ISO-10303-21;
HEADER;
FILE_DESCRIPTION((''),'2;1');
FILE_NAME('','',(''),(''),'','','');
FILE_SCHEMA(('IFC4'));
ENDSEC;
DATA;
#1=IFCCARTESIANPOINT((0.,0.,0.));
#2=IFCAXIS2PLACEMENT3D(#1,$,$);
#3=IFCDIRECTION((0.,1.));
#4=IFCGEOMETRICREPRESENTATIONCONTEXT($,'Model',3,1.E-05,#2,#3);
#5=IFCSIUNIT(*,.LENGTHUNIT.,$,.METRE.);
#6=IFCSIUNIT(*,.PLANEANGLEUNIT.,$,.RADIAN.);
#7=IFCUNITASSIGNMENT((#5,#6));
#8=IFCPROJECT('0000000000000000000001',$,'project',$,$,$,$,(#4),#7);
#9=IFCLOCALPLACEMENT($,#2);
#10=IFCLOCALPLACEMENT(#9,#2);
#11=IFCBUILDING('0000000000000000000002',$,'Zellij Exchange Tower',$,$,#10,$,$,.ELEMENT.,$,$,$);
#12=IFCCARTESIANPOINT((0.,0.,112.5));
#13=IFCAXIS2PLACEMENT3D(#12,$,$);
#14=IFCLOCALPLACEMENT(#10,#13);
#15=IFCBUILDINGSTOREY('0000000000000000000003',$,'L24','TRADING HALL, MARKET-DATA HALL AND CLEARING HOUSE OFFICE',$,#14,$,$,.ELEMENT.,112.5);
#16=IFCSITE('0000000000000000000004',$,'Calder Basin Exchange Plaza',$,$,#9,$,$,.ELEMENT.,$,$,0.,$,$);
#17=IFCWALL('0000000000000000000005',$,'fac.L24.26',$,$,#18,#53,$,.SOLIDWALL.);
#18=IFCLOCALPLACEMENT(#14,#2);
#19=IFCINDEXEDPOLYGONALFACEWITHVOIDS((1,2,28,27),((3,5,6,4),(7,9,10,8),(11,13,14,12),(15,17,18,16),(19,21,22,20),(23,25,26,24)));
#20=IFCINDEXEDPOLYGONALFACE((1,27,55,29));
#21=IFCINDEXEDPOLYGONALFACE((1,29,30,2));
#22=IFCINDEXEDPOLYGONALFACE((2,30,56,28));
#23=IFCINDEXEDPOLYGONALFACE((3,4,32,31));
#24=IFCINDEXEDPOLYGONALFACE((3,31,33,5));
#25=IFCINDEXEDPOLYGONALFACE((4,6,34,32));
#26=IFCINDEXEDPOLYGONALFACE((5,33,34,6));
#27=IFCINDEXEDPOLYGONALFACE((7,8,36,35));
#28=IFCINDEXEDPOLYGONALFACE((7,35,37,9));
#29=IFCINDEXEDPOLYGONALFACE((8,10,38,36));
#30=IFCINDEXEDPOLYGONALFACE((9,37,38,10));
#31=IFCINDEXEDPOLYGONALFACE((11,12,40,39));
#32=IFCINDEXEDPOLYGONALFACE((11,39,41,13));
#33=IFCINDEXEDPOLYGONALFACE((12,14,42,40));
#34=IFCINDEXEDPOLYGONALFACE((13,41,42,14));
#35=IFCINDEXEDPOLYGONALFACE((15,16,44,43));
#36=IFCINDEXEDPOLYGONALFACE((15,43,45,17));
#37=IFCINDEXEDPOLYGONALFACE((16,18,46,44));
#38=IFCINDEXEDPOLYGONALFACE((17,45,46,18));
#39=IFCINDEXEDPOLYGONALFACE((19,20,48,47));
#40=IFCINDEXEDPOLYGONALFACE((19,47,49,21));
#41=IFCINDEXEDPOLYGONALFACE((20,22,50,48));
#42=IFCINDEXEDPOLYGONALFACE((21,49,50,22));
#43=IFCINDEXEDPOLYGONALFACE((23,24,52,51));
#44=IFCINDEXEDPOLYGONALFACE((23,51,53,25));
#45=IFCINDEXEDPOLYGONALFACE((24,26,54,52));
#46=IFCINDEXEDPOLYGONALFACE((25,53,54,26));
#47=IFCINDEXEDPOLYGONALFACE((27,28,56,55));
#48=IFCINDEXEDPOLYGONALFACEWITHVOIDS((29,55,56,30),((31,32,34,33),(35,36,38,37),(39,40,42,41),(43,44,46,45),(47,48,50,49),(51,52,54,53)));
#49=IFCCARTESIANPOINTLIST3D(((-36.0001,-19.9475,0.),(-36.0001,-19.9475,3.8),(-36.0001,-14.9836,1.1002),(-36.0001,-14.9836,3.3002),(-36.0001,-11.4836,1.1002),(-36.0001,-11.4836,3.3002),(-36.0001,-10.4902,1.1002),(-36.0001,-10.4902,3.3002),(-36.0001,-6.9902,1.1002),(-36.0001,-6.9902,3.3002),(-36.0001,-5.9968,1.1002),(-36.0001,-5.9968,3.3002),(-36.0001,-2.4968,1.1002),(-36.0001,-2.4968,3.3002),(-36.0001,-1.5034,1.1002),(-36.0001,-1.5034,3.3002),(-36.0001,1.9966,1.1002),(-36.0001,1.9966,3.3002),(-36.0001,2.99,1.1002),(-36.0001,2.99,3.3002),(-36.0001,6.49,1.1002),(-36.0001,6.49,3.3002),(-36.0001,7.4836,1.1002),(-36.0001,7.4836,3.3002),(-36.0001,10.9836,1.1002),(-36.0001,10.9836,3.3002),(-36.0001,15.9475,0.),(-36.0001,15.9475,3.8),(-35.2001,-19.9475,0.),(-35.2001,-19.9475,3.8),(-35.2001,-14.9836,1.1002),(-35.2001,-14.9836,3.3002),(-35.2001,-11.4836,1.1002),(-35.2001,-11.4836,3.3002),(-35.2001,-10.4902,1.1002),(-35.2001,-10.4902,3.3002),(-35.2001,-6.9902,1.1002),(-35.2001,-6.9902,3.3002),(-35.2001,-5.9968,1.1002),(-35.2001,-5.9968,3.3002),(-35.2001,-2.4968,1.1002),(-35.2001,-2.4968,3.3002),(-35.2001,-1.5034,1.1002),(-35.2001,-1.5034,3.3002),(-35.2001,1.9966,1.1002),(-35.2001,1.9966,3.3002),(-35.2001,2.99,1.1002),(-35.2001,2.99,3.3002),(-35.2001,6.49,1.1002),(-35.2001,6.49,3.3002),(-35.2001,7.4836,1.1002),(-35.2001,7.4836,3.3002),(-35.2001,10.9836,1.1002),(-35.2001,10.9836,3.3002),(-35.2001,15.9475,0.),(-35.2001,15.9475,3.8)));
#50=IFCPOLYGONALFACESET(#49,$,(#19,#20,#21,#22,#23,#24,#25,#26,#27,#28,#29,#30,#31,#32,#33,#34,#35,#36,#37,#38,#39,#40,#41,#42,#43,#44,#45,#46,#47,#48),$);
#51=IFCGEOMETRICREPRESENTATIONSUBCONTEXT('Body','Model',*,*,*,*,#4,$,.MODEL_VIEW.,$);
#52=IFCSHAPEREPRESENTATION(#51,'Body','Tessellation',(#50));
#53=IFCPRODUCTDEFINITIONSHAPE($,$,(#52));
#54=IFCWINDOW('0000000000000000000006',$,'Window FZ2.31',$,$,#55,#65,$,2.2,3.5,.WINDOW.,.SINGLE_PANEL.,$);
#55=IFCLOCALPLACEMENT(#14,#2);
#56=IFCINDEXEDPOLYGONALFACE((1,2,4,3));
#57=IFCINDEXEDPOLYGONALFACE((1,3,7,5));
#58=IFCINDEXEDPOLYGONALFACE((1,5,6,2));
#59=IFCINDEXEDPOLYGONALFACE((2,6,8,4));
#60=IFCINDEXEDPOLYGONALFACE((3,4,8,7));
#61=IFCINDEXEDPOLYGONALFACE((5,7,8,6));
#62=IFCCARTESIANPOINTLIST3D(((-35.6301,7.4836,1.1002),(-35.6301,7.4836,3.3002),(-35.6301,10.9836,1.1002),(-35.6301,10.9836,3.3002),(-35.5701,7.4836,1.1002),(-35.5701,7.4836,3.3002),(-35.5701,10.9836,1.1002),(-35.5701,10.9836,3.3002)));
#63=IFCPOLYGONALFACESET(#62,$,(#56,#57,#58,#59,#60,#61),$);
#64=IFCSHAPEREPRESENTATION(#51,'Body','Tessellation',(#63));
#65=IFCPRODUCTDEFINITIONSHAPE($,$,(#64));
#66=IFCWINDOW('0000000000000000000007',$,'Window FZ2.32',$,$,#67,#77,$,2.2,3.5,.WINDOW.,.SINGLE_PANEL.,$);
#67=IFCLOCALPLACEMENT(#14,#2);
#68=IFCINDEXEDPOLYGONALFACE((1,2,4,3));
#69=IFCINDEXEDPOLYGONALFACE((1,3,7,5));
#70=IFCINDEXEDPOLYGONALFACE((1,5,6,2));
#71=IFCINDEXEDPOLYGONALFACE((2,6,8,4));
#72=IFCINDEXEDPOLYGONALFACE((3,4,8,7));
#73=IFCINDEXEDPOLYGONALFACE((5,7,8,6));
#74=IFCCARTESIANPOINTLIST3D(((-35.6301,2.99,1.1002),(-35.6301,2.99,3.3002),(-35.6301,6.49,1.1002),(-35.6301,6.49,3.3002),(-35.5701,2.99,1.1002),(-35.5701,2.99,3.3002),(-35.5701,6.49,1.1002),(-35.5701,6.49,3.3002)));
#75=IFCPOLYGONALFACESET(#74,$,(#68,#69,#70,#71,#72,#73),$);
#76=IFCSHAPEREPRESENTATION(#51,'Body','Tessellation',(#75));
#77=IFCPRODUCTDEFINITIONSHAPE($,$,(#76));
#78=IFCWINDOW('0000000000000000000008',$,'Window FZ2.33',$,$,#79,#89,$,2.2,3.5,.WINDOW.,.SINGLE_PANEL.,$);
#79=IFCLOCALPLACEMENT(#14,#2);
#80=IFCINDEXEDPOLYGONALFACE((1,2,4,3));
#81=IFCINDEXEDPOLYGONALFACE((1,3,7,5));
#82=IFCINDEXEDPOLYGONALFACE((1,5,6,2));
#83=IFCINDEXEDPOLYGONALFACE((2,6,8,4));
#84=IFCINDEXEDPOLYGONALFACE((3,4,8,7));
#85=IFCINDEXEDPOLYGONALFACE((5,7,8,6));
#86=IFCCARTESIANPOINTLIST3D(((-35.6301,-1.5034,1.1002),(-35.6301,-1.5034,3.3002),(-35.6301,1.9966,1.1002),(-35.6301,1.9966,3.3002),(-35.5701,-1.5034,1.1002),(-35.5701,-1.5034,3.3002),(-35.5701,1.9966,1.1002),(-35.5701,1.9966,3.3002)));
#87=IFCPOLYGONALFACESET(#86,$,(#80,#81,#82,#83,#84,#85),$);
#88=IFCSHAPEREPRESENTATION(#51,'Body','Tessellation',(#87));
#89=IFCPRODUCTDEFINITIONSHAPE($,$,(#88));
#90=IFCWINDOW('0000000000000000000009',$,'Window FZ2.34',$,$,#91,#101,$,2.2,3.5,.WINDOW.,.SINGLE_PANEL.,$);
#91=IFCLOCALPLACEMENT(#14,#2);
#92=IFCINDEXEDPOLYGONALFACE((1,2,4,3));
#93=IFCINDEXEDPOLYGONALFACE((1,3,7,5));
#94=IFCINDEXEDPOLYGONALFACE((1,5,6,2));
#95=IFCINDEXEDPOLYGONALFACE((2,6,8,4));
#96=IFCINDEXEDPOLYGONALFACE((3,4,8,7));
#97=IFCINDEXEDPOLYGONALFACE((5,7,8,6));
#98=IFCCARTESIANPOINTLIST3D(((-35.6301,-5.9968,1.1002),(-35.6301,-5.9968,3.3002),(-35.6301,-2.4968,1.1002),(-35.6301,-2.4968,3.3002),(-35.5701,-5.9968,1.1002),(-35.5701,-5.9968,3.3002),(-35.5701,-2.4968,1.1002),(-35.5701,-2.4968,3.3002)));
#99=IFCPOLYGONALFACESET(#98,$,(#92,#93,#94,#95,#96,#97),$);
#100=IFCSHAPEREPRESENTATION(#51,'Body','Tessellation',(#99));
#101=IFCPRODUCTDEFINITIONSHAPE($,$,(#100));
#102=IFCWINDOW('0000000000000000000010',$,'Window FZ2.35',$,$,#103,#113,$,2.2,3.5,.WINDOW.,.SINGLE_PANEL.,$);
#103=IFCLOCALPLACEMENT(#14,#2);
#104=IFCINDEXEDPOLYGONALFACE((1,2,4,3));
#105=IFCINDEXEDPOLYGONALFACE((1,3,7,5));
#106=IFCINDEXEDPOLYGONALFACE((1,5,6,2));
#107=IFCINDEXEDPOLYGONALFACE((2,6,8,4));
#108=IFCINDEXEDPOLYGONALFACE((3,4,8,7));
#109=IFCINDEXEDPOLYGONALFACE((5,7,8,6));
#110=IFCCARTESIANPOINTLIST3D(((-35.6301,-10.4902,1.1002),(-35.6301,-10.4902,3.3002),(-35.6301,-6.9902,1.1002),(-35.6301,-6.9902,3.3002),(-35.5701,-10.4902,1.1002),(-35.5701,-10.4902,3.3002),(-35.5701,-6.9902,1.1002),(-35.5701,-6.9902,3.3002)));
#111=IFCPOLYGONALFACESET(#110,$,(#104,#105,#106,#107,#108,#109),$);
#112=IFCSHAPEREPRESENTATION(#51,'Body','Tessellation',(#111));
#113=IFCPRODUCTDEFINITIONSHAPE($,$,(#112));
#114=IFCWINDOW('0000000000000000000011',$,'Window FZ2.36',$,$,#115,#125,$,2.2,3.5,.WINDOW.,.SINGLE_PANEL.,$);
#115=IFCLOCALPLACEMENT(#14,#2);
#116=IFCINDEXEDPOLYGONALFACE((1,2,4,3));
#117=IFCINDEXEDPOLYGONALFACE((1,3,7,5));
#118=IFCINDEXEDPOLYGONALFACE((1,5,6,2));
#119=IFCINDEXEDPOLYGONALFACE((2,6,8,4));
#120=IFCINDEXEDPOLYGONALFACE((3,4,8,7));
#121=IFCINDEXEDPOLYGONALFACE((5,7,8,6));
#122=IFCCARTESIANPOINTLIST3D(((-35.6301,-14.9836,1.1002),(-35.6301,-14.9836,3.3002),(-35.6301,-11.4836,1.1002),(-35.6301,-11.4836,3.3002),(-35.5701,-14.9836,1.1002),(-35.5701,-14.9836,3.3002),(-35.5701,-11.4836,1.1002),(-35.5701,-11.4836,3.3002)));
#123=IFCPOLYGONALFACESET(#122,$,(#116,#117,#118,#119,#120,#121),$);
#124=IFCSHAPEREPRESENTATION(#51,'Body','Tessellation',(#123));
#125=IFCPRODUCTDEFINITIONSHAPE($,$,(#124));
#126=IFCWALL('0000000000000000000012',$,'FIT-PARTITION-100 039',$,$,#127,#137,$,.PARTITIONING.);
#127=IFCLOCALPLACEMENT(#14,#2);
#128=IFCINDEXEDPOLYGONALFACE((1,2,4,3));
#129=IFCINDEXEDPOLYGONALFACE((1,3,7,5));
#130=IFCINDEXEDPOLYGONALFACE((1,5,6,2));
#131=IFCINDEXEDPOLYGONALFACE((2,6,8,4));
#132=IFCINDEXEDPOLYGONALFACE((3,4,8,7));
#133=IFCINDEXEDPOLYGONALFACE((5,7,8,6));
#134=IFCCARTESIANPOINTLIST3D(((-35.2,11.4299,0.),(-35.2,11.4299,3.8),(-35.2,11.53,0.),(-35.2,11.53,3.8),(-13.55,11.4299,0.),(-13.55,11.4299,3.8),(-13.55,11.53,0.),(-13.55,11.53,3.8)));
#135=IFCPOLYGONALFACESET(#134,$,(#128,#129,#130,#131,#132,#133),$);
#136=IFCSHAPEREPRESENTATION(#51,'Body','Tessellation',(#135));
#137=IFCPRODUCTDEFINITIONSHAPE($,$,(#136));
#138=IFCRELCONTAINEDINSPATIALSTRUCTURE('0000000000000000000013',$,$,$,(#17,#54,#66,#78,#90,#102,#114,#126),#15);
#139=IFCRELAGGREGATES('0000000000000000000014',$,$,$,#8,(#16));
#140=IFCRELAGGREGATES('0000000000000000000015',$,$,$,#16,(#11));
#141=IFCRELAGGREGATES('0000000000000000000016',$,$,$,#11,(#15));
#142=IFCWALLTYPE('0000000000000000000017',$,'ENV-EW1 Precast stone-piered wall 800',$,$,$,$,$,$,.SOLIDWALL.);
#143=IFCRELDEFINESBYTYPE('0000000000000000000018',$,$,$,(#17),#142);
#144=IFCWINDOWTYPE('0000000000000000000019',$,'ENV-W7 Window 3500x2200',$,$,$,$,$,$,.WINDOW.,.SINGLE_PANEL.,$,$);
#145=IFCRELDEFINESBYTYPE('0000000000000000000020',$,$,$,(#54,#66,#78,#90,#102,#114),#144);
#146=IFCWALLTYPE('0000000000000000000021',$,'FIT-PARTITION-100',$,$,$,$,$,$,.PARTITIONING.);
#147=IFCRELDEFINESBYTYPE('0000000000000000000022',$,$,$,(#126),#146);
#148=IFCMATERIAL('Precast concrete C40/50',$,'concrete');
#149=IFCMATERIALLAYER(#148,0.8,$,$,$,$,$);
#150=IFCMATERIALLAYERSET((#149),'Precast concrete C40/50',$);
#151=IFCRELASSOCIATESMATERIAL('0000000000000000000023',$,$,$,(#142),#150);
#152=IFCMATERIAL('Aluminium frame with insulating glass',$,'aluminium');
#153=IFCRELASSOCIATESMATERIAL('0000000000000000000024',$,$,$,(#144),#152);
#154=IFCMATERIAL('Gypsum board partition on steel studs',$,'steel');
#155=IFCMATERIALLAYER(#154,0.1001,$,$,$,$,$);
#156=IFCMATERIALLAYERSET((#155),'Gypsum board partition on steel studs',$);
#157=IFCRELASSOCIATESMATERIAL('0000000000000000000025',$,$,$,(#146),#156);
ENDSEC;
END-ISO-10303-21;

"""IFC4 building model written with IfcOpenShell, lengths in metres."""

from ifc_helpers import new_model, si_unit, direction, frame, frame_2d, origin, place, context, subcontext, project, spatial, rectangle, extrude, material, layer, layer_set, type_object, element, fill, save


model = new_model("IFC4")

# Units and contexts
model_context = context("Model", 3, precision=1e-05, world=origin(), true_north=direction((0.0, 1.0)))
body_context = subcontext(model_context, "Body", "Model", "MODEL_VIEW")
ifc_project = project(units=[si_unit("LENGTHUNIT", "METRE"), si_unit("PLANEANGLEUNIT", "RADIAN")], contexts=[model_context])

# Site, building, storey
site_placement = place(None, origin())
site = spatial("IfcSite", under=ifc_project, at=site_placement, Name="Calder Basin Exchange Plaza", CompositionType="ELEMENT", RefElevation=0.0)
building_placement = place(site_placement, origin())
building = spatial("IfcBuilding", under=site, at=building_placement, Name="Zellij Exchange Tower", CompositionType="ELEMENT")
storey_placement = place(building_placement, frame((0.0, 0.0, 112.5)))
storey = spatial("IfcBuildingStorey", under=building, at=storey_placement, Name="L24", Description="TRADING HALL, MARKET-DATA HALL AND CLEARING HOUSE OFFICE", CompositionType="ELEMENT", Elevation=112.5)

# Shared definitions
ifc_material_1 = material(Name="Precast concrete C40/50", Category="concrete")
ifc_layer_1 = layer(ifc_material_1, 0.8)
ifc_layer_set_1 = layer_set([ifc_layer_1], Name="Precast concrete C40/50")
wall_type_1 = type_object("IfcWallType", Name="ENV-EW1 Precast stone-piered wall 800", PredefinedType="SOLIDWALL", material=ifc_layer_set_1)

# Wall, openings, windows
wall_1_placement = place(storey_placement, frame((-35.6001, 15.9475, 0.0), z_axis=(0.0, 0.0, 1.0), x_axis=(0.0, -1.0, 0.0)))
wall_1 = element("IfcWall", 1, at=wall_1_placement, inside=storey, type_object=wall_type_1, Name="fac.L24.26", PredefinedType="SOLIDWALL", context=body_context, shape_type="SweptSolid", body=[
    extrude(rectangle(XDim=35.895, YDim=0.8, at=frame_2d((17.9475, 0.0))), origin(), (0.0, 0.0, 1.0), 3.8),
])
opening_1_placement = place(wall_1_placement, frame((4.9639, 0.0, 1.1001)))
opening_1 = element("IfcOpeningElement", 2, at=opening_1_placement, cuts=wall_1, PredefinedType="OPENING", context=body_context, shape_type="SweptSolid", body=[
    extrude(rectangle(XDim=3.5, YDim=2.2, at=frame_2d((1.75, 1.1001))), frame((0.0, 0.4121, 0.0), z_axis=(0.0, -1.0, 0.0), x_axis=(1.0, 0.0, 0.0)), (0.0, 0.0, 1.0), 0.824),
])
opening_2_placement = place(wall_1_placement, frame((9.4575, 0.0, 1.1001)))
opening_2 = element("IfcOpeningElement", 3, at=opening_2_placement, cuts=wall_1, PredefinedType="OPENING", context=body_context, shape_type="SweptSolid", body=[
    extrude(rectangle(XDim=3.5, YDim=2.2, at=frame_2d((1.75, 1.1001))), frame((0.0, 0.4121, 0.0), z_axis=(0.0, -1.0, 0.0), x_axis=(1.0, 0.0, 0.0)), (0.0, 0.0, 1.0), 0.824),
])
opening_3_placement = place(wall_1_placement, frame((13.9509, 0.0, 1.1001)))
opening_3 = element("IfcOpeningElement", 4, at=opening_3_placement, cuts=wall_1, PredefinedType="OPENING", context=body_context, shape_type="SweptSolid", body=[
    extrude(rectangle(XDim=3.5, YDim=2.2, at=frame_2d((1.75, 1.1001))), frame((0.0, 0.4121, 0.0), z_axis=(0.0, -1.0, 0.0), x_axis=(1.0, 0.0, 0.0)), (0.0, 0.0, 1.0), 0.824),
])
opening_4_placement = place(wall_1_placement, frame((18.4443, 0.0, 1.1001)))
opening_4 = element("IfcOpeningElement", 5, at=opening_4_placement, cuts=wall_1, PredefinedType="OPENING", context=body_context, shape_type="SweptSolid", body=[
    extrude(rectangle(XDim=3.5, YDim=2.2, at=frame_2d((1.75, 1.1001))), frame((0.0, 0.4121, 0.0), z_axis=(0.0, -1.0, 0.0), x_axis=(1.0, 0.0, 0.0)), (0.0, 0.0, 1.0), 0.824),
])
opening_5_placement = place(wall_1_placement, frame((22.9377, 0.0, 1.1001)))
opening_5 = element("IfcOpeningElement", 6, at=opening_5_placement, cuts=wall_1, PredefinedType="OPENING", context=body_context, shape_type="SweptSolid", body=[
    extrude(rectangle(XDim=3.5, YDim=2.2, at=frame_2d((1.75, 1.1001))), frame((0.0, 0.4121, 0.0), z_axis=(0.0, -1.0, 0.0), x_axis=(1.0, 0.0, 0.0)), (0.0, 0.0, 1.0), 0.824),
])
opening_6_placement = place(wall_1_placement, frame((27.4312, 0.0, 1.1001)))
opening_6 = element("IfcOpeningElement", 7, at=opening_6_placement, cuts=wall_1, PredefinedType="OPENING", context=body_context, shape_type="SweptSolid", body=[
    extrude(rectangle(XDim=3.5, YDim=2.2, at=frame_2d((1.75, 1.1001))), frame((0.0, 0.4121, 0.0), z_axis=(0.0, -1.0, 0.0), x_axis=(1.0, 0.0, 0.0)), (0.0, 0.0, 1.0), 0.824),
])
ifc_material_2 = material(Name="Aluminium frame with insulating glass", Category="aluminium")
window_type = type_object("IfcWindowType", Name="ENV-W7 Window 3500x2200", PartitioningType="SINGLE_PANEL", PredefinedType="WINDOW", material=ifc_material_2)
window_1_placement = place(opening_1_placement, origin())
window_1 = element("IfcWindow", 8, at=window_1_placement, inside=storey, type_object=window_type, Name="Window FZ2.31", OverallHeight=2.2, OverallWidth=3.5, PartitioningType="SINGLE_PANEL", PredefinedType="WINDOW", context=body_context, shape_type="SweptSolid", body=[
    extrude(rectangle(XDim=3.5, YDim=2.2, at=frame_2d((1.75, 1.1001))), frame((0.0, 0.03, 0.0), z_axis=(0.0, -1.0, 0.0), x_axis=(1.0, 0.0, 0.0)), (0.0, 0.0, 1.0), 0.0601),
])
fill(opening_1, window_1)
window_2_placement = place(opening_2_placement, origin())
window_2 = element("IfcWindow", 9, at=window_2_placement, inside=storey, type_object=window_type, Name="Window FZ2.32", OverallHeight=2.2, OverallWidth=3.5, PartitioningType="SINGLE_PANEL", PredefinedType="WINDOW", context=body_context, shape_type="SweptSolid", body=[
    extrude(rectangle(XDim=3.5, YDim=2.2, at=frame_2d((1.75, 1.1001))), frame((0.0, 0.03, 0.0), z_axis=(0.0, -1.0, 0.0), x_axis=(1.0, 0.0, 0.0)), (0.0, 0.0, 1.0), 0.0601),
])
fill(opening_2, window_2)
window_3_placement = place(opening_3_placement, origin())
window_3 = element("IfcWindow", 10, at=window_3_placement, inside=storey, type_object=window_type, Name="Window FZ2.33", OverallHeight=2.2, OverallWidth=3.5, PartitioningType="SINGLE_PANEL", PredefinedType="WINDOW", context=body_context, shape_type="SweptSolid", body=[
    extrude(rectangle(XDim=3.5, YDim=2.2, at=frame_2d((1.75, 1.1001))), frame((0.0, 0.03, 0.0), z_axis=(0.0, -1.0, 0.0), x_axis=(1.0, 0.0, 0.0)), (0.0, 0.0, 1.0), 0.0601),
])
fill(opening_3, window_3)
window_4_placement = place(opening_4_placement, origin())
window_4 = element("IfcWindow", 11, at=window_4_placement, inside=storey, type_object=window_type, Name="Window FZ2.34", OverallHeight=2.2, OverallWidth=3.5, PartitioningType="SINGLE_PANEL", PredefinedType="WINDOW", context=body_context, shape_type="SweptSolid", body=[
    extrude(rectangle(XDim=3.5, YDim=2.2, at=frame_2d((1.75, 1.1001))), frame((0.0, 0.03, 0.0), z_axis=(0.0, -1.0, 0.0), x_axis=(1.0, 0.0, 0.0)), (0.0, 0.0, 1.0), 0.0601),
])
fill(opening_4, window_4)
window_5_placement = place(opening_5_placement, origin())
window_5 = element("IfcWindow", 12, at=window_5_placement, inside=storey, type_object=window_type, Name="Window FZ2.35", OverallHeight=2.2, OverallWidth=3.5, PartitioningType="SINGLE_PANEL", PredefinedType="WINDOW", context=body_context, shape_type="SweptSolid", body=[
    extrude(rectangle(XDim=3.5, YDim=2.2, at=frame_2d((1.75, 1.1001))), frame((0.0, 0.03, 0.0), z_axis=(0.0, -1.0, 0.0), x_axis=(1.0, 0.0, 0.0)), (0.0, 0.0, 1.0), 0.0601),
])
fill(opening_5, window_5)
window_6_placement = place(opening_6_placement, origin())
window_6 = element("IfcWindow", 13, at=window_6_placement, inside=storey, type_object=window_type, Name="Window FZ2.36", OverallHeight=2.2, OverallWidth=3.5, PartitioningType="SINGLE_PANEL", PredefinedType="WINDOW", context=body_context, shape_type="SweptSolid", body=[
    extrude(rectangle(XDim=3.5, YDim=2.2, at=frame_2d((1.75, 1.1001))), frame((0.0, 0.03, 0.0), z_axis=(0.0, -1.0, 0.0), x_axis=(1.0, 0.0, 0.0)), (0.0, 0.0, 1.0), 0.0601),
])
fill(opening_6, window_6)

# Wall
ifc_material_3 = material(Name="Gypsum board partition on steel studs", Category="steel")
ifc_layer_2 = layer(ifc_material_3, 0.1001)
ifc_layer_set_2 = layer_set([ifc_layer_2], Name="Gypsum board partition on steel studs")
wall_type_2 = type_object("IfcWallType", Name="FIT-PARTITION-100", PredefinedType="PARTITIONING", material=ifc_layer_set_2)
wall_2_placement = place(storey_placement, frame((-35.2, 11.48, 0.0), z_axis=(0.0, 0.0, 1.0), x_axis=(1.0, 0.0, 0.0)))
element("IfcWall", 14, at=wall_2_placement, inside=storey, type_object=wall_type_2, Name="FIT-PARTITION-100 039", PredefinedType="PARTITIONING", context=body_context, shape_type="SweptSolid", body=[
    extrude(rectangle(XDim=21.6499, YDim=0.1001, at=frame_2d((10.825, 0.0))), origin(), (0.0, 0.0, 1.0), 3.8),
])

save(model, "model.ifc")
